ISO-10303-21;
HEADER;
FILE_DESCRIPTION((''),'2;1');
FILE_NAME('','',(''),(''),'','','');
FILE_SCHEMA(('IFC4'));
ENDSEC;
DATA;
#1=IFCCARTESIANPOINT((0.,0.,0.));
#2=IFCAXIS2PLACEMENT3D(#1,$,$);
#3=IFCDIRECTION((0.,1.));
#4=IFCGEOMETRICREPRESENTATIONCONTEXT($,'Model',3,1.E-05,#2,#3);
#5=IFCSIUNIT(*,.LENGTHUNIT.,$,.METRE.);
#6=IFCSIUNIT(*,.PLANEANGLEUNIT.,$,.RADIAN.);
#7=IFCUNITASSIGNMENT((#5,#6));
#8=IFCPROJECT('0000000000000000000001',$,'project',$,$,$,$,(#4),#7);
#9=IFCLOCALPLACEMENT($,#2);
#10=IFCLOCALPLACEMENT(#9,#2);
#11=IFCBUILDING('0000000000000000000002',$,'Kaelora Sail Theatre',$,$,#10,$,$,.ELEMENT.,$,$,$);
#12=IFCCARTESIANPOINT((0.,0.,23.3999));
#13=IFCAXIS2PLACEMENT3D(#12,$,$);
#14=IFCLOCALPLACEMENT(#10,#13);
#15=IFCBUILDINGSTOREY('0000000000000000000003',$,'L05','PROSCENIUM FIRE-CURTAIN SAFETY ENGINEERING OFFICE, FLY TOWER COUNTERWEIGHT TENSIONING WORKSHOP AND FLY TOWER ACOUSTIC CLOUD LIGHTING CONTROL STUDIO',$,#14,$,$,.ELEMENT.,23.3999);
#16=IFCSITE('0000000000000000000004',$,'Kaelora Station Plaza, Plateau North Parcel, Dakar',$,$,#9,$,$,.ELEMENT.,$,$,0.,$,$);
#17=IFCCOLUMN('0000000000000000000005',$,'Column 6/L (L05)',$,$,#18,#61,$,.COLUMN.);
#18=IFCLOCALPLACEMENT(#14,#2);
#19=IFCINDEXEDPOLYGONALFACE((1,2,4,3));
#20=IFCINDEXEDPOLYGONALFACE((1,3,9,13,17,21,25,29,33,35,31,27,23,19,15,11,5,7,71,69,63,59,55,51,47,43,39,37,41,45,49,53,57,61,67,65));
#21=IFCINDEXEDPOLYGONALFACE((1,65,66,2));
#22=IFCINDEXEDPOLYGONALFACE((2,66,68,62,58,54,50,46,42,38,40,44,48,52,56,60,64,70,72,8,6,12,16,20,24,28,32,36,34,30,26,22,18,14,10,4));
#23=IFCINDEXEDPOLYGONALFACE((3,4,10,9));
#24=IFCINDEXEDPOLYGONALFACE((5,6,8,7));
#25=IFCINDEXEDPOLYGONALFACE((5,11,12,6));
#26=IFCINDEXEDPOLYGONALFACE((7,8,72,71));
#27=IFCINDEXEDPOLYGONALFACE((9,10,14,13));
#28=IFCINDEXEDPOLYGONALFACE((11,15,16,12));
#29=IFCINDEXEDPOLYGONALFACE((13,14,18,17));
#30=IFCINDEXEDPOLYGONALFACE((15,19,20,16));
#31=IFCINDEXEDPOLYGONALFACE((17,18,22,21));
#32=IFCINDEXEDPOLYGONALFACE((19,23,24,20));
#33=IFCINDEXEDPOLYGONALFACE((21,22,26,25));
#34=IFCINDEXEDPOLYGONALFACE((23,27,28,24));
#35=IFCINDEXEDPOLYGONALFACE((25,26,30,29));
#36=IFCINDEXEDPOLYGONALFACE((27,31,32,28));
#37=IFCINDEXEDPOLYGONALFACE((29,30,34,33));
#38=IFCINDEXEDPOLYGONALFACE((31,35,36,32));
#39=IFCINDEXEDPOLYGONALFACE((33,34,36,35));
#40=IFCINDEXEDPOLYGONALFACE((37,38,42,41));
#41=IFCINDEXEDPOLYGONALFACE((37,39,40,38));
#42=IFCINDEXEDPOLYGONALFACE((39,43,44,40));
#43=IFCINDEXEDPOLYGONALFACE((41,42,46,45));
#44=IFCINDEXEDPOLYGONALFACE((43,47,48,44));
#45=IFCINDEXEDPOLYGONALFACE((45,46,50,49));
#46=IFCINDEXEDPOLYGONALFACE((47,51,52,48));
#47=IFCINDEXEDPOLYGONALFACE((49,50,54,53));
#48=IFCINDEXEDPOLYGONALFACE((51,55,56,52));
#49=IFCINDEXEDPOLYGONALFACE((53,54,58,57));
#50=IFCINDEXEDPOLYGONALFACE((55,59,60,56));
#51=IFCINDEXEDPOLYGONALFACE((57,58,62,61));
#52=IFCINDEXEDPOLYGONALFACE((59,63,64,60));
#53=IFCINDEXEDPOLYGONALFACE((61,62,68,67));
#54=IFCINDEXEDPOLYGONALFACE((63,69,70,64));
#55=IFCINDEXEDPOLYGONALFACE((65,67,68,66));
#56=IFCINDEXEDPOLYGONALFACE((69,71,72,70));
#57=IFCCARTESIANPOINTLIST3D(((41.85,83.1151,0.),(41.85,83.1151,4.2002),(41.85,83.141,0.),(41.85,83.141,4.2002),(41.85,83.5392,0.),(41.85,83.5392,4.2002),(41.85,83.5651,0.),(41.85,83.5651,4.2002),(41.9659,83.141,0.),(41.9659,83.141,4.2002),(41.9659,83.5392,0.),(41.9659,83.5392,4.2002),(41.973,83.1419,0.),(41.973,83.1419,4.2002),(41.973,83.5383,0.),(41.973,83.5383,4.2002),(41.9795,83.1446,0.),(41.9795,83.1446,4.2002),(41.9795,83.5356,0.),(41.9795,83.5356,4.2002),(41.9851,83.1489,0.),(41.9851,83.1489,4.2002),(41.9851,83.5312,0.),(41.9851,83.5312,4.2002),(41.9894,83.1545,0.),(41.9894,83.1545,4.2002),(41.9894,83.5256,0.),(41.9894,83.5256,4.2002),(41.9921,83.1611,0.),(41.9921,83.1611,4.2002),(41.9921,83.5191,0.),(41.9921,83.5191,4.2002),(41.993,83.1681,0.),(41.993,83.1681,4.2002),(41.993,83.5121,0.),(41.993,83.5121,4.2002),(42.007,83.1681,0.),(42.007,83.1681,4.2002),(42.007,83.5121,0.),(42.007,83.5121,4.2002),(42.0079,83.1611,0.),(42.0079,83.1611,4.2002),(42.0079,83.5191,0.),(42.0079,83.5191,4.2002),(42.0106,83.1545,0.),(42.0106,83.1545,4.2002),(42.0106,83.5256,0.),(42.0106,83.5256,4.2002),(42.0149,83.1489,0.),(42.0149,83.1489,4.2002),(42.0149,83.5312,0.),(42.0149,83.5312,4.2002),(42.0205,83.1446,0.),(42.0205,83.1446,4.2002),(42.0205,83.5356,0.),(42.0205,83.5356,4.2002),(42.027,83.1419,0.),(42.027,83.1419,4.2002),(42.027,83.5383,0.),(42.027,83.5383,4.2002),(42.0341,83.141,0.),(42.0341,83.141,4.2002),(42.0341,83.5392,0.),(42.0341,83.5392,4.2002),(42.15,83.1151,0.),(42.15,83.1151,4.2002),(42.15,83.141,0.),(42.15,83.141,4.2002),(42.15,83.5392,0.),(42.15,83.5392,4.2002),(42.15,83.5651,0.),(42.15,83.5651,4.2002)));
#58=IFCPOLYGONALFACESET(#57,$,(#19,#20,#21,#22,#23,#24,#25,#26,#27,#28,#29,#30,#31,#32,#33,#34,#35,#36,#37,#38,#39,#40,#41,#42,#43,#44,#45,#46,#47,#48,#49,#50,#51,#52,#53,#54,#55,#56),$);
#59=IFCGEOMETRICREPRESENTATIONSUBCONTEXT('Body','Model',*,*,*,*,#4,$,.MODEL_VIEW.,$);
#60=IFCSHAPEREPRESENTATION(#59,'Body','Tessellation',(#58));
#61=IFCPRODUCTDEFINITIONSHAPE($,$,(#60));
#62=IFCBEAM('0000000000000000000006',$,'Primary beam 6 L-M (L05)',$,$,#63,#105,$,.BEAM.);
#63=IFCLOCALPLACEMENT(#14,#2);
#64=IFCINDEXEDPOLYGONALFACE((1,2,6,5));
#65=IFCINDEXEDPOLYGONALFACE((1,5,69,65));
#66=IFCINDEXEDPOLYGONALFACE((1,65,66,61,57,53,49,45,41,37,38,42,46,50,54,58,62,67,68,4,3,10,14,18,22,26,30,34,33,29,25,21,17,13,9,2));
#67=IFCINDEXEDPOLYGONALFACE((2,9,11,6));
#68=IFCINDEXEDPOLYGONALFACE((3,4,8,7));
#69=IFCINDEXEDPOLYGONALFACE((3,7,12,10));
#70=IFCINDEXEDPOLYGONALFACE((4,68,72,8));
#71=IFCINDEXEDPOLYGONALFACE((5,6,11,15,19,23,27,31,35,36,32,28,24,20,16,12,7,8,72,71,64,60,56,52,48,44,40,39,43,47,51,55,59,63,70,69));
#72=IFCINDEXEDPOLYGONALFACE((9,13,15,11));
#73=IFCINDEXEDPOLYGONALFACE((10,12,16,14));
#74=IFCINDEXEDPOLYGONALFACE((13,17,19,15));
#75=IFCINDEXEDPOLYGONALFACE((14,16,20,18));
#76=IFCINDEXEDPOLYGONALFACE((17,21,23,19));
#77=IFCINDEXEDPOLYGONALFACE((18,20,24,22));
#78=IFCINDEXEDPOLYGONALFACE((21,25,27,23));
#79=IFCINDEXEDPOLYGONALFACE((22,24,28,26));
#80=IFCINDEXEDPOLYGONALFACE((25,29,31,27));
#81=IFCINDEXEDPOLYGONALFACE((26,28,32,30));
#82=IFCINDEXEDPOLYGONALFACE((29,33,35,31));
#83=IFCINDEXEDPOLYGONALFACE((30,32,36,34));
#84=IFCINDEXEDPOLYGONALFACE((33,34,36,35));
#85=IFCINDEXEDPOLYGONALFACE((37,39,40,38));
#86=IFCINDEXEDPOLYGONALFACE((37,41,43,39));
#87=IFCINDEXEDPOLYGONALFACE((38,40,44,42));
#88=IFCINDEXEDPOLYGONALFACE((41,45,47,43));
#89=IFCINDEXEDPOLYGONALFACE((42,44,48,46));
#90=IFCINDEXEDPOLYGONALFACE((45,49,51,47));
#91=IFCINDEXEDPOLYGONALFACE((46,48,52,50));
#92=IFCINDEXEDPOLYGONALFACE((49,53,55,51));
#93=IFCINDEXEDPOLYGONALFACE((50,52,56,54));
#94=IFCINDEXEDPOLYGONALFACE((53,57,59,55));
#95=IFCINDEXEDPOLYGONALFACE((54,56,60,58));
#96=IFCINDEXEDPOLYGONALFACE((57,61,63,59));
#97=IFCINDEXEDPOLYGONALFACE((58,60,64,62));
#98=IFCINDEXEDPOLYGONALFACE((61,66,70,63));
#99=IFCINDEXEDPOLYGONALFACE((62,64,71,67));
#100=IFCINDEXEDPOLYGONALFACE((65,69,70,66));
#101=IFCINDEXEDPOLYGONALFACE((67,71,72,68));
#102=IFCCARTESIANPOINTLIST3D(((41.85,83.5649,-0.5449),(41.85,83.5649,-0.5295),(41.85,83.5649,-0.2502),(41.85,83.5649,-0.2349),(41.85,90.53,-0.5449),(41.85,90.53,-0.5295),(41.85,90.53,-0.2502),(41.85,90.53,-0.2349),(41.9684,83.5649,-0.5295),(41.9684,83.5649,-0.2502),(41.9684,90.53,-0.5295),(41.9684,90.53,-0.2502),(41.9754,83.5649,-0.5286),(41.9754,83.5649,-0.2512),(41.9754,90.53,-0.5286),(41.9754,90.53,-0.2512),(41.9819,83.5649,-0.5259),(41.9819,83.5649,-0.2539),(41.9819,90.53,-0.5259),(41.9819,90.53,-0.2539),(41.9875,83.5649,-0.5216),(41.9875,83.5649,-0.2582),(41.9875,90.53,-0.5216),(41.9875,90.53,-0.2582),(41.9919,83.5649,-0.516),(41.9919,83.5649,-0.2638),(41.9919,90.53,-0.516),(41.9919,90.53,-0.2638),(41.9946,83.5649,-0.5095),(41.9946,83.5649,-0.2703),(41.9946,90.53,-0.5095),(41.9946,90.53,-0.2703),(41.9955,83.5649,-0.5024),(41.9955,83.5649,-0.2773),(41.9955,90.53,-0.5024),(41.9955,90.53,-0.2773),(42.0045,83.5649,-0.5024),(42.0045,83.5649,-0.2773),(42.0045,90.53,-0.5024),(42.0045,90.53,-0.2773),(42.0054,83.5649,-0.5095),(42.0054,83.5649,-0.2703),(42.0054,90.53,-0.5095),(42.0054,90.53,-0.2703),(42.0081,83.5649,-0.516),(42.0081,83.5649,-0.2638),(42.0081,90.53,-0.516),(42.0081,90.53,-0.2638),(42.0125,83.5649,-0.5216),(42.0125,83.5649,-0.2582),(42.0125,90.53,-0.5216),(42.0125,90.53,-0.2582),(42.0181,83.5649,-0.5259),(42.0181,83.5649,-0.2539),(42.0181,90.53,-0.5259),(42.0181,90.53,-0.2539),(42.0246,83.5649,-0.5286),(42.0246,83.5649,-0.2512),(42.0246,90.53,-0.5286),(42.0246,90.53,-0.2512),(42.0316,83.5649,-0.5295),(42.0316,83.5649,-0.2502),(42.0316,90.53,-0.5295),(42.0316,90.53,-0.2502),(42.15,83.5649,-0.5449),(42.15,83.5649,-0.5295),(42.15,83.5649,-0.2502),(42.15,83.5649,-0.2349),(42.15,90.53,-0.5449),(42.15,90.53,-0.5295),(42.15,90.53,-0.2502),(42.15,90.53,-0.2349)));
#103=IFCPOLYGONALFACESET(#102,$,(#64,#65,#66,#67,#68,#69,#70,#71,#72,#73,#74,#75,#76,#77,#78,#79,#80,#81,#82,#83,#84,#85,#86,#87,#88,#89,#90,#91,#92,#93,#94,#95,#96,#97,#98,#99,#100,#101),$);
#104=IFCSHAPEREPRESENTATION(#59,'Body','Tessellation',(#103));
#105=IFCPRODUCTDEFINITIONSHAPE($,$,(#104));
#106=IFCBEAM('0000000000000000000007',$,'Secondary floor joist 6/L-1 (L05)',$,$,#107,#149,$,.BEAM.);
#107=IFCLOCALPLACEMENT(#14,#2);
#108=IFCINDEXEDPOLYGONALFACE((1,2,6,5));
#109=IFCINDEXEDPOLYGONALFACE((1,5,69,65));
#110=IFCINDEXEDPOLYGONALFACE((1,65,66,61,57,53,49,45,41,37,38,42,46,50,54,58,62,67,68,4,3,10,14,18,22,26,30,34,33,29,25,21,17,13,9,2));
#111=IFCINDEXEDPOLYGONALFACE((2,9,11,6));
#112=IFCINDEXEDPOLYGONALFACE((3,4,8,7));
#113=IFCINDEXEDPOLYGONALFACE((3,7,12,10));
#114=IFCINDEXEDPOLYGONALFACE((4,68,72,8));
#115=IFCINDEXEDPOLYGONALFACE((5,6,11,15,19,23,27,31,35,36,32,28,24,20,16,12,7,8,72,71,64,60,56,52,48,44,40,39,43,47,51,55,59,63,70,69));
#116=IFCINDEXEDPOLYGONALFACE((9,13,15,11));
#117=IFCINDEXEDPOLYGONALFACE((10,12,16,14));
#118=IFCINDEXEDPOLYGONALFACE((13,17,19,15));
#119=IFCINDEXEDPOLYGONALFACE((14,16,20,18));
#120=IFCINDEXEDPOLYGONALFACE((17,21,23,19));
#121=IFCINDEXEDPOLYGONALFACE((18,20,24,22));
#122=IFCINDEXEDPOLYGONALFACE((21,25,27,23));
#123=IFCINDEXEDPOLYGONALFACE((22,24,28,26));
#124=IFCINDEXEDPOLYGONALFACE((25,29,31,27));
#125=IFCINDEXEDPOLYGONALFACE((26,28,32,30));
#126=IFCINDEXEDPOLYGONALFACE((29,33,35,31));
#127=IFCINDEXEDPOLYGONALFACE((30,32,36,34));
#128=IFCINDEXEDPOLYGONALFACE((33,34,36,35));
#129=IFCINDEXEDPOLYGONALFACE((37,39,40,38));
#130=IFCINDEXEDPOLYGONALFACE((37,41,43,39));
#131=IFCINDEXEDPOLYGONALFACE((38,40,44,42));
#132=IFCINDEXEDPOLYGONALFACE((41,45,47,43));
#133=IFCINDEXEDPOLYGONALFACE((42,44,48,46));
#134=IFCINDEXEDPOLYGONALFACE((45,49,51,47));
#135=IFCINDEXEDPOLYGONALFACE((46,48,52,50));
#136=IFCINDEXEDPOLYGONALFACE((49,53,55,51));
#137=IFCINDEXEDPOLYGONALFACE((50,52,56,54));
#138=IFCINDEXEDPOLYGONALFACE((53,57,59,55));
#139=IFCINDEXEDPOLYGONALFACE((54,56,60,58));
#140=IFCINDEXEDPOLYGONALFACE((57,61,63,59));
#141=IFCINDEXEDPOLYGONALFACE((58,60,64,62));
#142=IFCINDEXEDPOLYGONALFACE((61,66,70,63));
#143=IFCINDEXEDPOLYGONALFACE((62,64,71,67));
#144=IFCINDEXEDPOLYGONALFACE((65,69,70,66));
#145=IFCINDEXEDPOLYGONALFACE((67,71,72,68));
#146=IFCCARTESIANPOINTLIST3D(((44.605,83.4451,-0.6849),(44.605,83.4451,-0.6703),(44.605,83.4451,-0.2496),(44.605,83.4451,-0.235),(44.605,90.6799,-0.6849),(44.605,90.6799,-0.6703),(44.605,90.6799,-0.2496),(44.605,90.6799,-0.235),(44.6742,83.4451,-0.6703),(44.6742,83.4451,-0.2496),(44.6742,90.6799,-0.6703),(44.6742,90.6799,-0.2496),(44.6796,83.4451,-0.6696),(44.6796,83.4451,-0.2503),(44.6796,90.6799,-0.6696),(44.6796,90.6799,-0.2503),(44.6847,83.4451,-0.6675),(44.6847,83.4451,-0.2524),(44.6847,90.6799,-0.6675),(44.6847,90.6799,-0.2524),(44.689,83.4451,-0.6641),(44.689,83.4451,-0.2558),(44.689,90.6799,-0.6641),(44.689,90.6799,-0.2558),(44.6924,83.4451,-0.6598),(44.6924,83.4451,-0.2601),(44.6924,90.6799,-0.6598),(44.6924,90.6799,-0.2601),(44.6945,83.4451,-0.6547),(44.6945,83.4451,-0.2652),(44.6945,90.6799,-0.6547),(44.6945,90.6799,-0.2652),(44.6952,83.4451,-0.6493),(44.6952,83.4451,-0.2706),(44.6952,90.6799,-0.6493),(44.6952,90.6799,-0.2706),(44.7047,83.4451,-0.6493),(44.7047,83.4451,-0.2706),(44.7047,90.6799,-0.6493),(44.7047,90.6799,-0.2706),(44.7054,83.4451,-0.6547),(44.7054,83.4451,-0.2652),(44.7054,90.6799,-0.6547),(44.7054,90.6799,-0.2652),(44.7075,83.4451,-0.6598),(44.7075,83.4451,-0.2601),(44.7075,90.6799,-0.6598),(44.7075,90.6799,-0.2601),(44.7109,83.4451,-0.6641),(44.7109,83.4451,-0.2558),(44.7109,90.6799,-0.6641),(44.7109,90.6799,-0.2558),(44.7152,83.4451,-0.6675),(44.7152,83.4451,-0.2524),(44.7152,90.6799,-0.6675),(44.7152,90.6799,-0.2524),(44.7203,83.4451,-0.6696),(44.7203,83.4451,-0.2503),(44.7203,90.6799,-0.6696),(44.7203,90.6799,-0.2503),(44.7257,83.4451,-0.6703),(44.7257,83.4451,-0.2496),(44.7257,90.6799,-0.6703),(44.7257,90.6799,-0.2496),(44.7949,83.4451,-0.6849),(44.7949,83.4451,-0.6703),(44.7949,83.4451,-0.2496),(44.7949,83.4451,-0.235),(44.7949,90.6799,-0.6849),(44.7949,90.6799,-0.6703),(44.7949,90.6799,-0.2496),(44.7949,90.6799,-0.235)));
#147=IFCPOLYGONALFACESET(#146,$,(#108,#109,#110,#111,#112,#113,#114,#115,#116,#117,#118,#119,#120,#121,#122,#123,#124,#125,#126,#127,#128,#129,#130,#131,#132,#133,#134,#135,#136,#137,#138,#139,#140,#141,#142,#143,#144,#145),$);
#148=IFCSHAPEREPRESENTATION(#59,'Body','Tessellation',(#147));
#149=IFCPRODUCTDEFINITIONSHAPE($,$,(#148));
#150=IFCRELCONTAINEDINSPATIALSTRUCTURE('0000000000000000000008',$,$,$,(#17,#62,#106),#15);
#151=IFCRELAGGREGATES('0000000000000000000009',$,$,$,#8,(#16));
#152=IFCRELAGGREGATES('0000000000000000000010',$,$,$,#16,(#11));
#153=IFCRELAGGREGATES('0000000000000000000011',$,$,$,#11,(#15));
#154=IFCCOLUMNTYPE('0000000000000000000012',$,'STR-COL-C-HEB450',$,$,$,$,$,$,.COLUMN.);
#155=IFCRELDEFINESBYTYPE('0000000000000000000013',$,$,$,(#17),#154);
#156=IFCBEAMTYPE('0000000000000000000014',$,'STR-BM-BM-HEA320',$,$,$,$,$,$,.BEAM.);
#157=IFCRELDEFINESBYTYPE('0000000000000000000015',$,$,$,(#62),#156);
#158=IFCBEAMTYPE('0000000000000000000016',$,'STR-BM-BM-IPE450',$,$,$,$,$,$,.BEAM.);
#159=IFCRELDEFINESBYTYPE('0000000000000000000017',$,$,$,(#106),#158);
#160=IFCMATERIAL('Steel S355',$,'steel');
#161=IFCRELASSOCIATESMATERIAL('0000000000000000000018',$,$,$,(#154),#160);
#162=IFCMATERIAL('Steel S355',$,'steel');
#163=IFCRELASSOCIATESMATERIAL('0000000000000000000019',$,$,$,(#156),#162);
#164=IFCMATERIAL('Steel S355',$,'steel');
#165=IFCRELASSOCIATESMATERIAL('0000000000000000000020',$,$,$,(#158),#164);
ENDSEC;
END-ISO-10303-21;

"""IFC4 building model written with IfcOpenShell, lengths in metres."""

from ifc_helpers import new_model, si_unit, direction, frame, origin, origin_2d, place, context, subcontext, project, spatial, i_section, extrude, material, material_profile, profile_set, type_object, element, save


model = new_model("IFC4")

# Units and contexts
model_context = context("Model", 3, precision=1e-05, world=origin(), true_north=direction((0.0, 1.0)))
body_context = subcontext(model_context, "Body", "Model", "MODEL_VIEW")
ifc_project = project(units=[si_unit("LENGTHUNIT", "METRE"), si_unit("PLANEANGLEUNIT", "RADIAN")], contexts=[model_context])

# Site, building, storey
site_placement = place(None, origin())
site = spatial("IfcSite", under=ifc_project, at=site_placement, Name="Kaelora Station Plaza, Plateau North Parcel, Dakar", CompositionType="ELEMENT", RefElevation=0.0)
building_placement = place(site_placement, origin())
building = spatial("IfcBuilding", under=site, at=building_placement, Name="Kaelora Sail Theatre", CompositionType="ELEMENT")
storey_placement = place(building_placement, frame((0.0, 0.0, 23.3999)))
storey = spatial("IfcBuildingStorey", under=building, at=storey_placement, Name="L05", Description="PROSCENIUM FIRE-CURTAIN SAFETY ENGINEERING OFFICE, FLY TOWER COUNTERWEIGHT TENSIONING WORKSHOP AND FLY TOWER ACOUSTIC CLOUD LIGHTING CONTROL STUDIO", CompositionType="ELEMENT", Elevation=23.3999)

# Column
ifc_material_1 = material(Name="Steel S355", Category="steel")
ifc_material_profile_1 = material_profile(ifc_material_1, i_section(OverallWidth=0.3, OverallDepth=0.45, WebThickness=0.0139, FlangeThickness=0.0259, FilletRadius=0.0271, at=origin_2d()), Name="HEB 450")
ifc_profile_set_1 = profile_set([ifc_material_profile_1], Name="Steel S355")
column_type = type_object("IfcColumnType", Name="STR-COL-C-HEB450", PredefinedType="COLUMN", material=ifc_profile_set_1)
column_placement = place(storey_placement, frame((42.0, 83.3401, 0.0), z_axis=(0.0, 0.0, 1.0), x_axis=(1.0, 0.0, 0.0)))
element("IfcColumn", 1, at=column_placement, inside=storey, type_object=column_type, Name="Column 6/L (L05)", PredefinedType="COLUMN", context=body_context, shape_type="SweptSolid", body=[
    extrude(i_section(OverallWidth=0.3, OverallDepth=0.45, WebThickness=0.0139, FlangeThickness=0.0259, FilletRadius=0.0271, at=origin_2d()), origin(), (0.0, 0.0, 1.0), 4.2002),
])

# Beams
ifc_material_2 = material(Name="Steel S355", Category="steel")
ifc_material_profile_2 = material_profile(ifc_material_2, i_section(OverallWidth=0.3, OverallDepth=0.3101, WebThickness=0.009, FlangeThickness=0.0154, FilletRadius=0.0271, at=origin_2d()), Name="HEA 320")
ifc_profile_set_2 = profile_set([ifc_material_profile_2], Name="Steel S355")
beam_type_1 = type_object("IfcBeamType", Name="STR-BM-BM-HEA320", PredefinedType="BEAM", material=ifc_profile_set_2)
beam_1_placement = place(storey_placement, frame((42.0, 83.5649, -0.3899), z_axis=(0.0, 1.0, 0.0), x_axis=(-1.0, 0.0, 0.0)))
element("IfcBeam", 2, at=beam_1_placement, inside=storey, type_object=beam_type_1, Name="Primary beam 6 L-M (L05)", PredefinedType="BEAM", context=body_context, shape_type="SweptSolid", body=[
    extrude(i_section(OverallWidth=0.3, OverallDepth=0.3101, WebThickness=0.009, FlangeThickness=0.0154, FilletRadius=0.0271, at=origin_2d()), origin(), (0.0, 0.0, 1.0), 6.9651),
])
ifc_material_3 = material(Name="Steel S355", Category="steel")
ifc_material_profile_3 = material_profile(ifc_material_3, i_section(OverallWidth=0.1899, OverallDepth=0.45, WebThickness=0.0095, FlangeThickness=0.0146, FilletRadius=0.021, at=origin_2d()), Name="IPE 450")
ifc_profile_set_3 = profile_set([ifc_material_profile_3], Name="Steel S355")
beam_type_2 = type_object("IfcBeamType", Name="STR-BM-BM-IPE450", PredefinedType="BEAM", material=ifc_profile_set_3)
beam_2_placement = place(storey_placement, frame((44.7, 83.4451, -0.46), z_axis=(0.0, 1.0, 0.0), x_axis=(-1.0, 0.0, 0.0)))
element("IfcBeam", 3, at=beam_2_placement, inside=storey, type_object=beam_type_2, Name="Secondary floor joist 6/L-1 (L05)", PredefinedType="BEAM", context=body_context, shape_type="SweptSolid", body=[
    extrude(i_section(OverallWidth=0.1899, OverallDepth=0.45, WebThickness=0.0095, FlangeThickness=0.0146, FilletRadius=0.021, at=origin_2d()), origin(), (0.0, 0.0, 1.0), 7.2349),
])

save(model, "model.ifc")
